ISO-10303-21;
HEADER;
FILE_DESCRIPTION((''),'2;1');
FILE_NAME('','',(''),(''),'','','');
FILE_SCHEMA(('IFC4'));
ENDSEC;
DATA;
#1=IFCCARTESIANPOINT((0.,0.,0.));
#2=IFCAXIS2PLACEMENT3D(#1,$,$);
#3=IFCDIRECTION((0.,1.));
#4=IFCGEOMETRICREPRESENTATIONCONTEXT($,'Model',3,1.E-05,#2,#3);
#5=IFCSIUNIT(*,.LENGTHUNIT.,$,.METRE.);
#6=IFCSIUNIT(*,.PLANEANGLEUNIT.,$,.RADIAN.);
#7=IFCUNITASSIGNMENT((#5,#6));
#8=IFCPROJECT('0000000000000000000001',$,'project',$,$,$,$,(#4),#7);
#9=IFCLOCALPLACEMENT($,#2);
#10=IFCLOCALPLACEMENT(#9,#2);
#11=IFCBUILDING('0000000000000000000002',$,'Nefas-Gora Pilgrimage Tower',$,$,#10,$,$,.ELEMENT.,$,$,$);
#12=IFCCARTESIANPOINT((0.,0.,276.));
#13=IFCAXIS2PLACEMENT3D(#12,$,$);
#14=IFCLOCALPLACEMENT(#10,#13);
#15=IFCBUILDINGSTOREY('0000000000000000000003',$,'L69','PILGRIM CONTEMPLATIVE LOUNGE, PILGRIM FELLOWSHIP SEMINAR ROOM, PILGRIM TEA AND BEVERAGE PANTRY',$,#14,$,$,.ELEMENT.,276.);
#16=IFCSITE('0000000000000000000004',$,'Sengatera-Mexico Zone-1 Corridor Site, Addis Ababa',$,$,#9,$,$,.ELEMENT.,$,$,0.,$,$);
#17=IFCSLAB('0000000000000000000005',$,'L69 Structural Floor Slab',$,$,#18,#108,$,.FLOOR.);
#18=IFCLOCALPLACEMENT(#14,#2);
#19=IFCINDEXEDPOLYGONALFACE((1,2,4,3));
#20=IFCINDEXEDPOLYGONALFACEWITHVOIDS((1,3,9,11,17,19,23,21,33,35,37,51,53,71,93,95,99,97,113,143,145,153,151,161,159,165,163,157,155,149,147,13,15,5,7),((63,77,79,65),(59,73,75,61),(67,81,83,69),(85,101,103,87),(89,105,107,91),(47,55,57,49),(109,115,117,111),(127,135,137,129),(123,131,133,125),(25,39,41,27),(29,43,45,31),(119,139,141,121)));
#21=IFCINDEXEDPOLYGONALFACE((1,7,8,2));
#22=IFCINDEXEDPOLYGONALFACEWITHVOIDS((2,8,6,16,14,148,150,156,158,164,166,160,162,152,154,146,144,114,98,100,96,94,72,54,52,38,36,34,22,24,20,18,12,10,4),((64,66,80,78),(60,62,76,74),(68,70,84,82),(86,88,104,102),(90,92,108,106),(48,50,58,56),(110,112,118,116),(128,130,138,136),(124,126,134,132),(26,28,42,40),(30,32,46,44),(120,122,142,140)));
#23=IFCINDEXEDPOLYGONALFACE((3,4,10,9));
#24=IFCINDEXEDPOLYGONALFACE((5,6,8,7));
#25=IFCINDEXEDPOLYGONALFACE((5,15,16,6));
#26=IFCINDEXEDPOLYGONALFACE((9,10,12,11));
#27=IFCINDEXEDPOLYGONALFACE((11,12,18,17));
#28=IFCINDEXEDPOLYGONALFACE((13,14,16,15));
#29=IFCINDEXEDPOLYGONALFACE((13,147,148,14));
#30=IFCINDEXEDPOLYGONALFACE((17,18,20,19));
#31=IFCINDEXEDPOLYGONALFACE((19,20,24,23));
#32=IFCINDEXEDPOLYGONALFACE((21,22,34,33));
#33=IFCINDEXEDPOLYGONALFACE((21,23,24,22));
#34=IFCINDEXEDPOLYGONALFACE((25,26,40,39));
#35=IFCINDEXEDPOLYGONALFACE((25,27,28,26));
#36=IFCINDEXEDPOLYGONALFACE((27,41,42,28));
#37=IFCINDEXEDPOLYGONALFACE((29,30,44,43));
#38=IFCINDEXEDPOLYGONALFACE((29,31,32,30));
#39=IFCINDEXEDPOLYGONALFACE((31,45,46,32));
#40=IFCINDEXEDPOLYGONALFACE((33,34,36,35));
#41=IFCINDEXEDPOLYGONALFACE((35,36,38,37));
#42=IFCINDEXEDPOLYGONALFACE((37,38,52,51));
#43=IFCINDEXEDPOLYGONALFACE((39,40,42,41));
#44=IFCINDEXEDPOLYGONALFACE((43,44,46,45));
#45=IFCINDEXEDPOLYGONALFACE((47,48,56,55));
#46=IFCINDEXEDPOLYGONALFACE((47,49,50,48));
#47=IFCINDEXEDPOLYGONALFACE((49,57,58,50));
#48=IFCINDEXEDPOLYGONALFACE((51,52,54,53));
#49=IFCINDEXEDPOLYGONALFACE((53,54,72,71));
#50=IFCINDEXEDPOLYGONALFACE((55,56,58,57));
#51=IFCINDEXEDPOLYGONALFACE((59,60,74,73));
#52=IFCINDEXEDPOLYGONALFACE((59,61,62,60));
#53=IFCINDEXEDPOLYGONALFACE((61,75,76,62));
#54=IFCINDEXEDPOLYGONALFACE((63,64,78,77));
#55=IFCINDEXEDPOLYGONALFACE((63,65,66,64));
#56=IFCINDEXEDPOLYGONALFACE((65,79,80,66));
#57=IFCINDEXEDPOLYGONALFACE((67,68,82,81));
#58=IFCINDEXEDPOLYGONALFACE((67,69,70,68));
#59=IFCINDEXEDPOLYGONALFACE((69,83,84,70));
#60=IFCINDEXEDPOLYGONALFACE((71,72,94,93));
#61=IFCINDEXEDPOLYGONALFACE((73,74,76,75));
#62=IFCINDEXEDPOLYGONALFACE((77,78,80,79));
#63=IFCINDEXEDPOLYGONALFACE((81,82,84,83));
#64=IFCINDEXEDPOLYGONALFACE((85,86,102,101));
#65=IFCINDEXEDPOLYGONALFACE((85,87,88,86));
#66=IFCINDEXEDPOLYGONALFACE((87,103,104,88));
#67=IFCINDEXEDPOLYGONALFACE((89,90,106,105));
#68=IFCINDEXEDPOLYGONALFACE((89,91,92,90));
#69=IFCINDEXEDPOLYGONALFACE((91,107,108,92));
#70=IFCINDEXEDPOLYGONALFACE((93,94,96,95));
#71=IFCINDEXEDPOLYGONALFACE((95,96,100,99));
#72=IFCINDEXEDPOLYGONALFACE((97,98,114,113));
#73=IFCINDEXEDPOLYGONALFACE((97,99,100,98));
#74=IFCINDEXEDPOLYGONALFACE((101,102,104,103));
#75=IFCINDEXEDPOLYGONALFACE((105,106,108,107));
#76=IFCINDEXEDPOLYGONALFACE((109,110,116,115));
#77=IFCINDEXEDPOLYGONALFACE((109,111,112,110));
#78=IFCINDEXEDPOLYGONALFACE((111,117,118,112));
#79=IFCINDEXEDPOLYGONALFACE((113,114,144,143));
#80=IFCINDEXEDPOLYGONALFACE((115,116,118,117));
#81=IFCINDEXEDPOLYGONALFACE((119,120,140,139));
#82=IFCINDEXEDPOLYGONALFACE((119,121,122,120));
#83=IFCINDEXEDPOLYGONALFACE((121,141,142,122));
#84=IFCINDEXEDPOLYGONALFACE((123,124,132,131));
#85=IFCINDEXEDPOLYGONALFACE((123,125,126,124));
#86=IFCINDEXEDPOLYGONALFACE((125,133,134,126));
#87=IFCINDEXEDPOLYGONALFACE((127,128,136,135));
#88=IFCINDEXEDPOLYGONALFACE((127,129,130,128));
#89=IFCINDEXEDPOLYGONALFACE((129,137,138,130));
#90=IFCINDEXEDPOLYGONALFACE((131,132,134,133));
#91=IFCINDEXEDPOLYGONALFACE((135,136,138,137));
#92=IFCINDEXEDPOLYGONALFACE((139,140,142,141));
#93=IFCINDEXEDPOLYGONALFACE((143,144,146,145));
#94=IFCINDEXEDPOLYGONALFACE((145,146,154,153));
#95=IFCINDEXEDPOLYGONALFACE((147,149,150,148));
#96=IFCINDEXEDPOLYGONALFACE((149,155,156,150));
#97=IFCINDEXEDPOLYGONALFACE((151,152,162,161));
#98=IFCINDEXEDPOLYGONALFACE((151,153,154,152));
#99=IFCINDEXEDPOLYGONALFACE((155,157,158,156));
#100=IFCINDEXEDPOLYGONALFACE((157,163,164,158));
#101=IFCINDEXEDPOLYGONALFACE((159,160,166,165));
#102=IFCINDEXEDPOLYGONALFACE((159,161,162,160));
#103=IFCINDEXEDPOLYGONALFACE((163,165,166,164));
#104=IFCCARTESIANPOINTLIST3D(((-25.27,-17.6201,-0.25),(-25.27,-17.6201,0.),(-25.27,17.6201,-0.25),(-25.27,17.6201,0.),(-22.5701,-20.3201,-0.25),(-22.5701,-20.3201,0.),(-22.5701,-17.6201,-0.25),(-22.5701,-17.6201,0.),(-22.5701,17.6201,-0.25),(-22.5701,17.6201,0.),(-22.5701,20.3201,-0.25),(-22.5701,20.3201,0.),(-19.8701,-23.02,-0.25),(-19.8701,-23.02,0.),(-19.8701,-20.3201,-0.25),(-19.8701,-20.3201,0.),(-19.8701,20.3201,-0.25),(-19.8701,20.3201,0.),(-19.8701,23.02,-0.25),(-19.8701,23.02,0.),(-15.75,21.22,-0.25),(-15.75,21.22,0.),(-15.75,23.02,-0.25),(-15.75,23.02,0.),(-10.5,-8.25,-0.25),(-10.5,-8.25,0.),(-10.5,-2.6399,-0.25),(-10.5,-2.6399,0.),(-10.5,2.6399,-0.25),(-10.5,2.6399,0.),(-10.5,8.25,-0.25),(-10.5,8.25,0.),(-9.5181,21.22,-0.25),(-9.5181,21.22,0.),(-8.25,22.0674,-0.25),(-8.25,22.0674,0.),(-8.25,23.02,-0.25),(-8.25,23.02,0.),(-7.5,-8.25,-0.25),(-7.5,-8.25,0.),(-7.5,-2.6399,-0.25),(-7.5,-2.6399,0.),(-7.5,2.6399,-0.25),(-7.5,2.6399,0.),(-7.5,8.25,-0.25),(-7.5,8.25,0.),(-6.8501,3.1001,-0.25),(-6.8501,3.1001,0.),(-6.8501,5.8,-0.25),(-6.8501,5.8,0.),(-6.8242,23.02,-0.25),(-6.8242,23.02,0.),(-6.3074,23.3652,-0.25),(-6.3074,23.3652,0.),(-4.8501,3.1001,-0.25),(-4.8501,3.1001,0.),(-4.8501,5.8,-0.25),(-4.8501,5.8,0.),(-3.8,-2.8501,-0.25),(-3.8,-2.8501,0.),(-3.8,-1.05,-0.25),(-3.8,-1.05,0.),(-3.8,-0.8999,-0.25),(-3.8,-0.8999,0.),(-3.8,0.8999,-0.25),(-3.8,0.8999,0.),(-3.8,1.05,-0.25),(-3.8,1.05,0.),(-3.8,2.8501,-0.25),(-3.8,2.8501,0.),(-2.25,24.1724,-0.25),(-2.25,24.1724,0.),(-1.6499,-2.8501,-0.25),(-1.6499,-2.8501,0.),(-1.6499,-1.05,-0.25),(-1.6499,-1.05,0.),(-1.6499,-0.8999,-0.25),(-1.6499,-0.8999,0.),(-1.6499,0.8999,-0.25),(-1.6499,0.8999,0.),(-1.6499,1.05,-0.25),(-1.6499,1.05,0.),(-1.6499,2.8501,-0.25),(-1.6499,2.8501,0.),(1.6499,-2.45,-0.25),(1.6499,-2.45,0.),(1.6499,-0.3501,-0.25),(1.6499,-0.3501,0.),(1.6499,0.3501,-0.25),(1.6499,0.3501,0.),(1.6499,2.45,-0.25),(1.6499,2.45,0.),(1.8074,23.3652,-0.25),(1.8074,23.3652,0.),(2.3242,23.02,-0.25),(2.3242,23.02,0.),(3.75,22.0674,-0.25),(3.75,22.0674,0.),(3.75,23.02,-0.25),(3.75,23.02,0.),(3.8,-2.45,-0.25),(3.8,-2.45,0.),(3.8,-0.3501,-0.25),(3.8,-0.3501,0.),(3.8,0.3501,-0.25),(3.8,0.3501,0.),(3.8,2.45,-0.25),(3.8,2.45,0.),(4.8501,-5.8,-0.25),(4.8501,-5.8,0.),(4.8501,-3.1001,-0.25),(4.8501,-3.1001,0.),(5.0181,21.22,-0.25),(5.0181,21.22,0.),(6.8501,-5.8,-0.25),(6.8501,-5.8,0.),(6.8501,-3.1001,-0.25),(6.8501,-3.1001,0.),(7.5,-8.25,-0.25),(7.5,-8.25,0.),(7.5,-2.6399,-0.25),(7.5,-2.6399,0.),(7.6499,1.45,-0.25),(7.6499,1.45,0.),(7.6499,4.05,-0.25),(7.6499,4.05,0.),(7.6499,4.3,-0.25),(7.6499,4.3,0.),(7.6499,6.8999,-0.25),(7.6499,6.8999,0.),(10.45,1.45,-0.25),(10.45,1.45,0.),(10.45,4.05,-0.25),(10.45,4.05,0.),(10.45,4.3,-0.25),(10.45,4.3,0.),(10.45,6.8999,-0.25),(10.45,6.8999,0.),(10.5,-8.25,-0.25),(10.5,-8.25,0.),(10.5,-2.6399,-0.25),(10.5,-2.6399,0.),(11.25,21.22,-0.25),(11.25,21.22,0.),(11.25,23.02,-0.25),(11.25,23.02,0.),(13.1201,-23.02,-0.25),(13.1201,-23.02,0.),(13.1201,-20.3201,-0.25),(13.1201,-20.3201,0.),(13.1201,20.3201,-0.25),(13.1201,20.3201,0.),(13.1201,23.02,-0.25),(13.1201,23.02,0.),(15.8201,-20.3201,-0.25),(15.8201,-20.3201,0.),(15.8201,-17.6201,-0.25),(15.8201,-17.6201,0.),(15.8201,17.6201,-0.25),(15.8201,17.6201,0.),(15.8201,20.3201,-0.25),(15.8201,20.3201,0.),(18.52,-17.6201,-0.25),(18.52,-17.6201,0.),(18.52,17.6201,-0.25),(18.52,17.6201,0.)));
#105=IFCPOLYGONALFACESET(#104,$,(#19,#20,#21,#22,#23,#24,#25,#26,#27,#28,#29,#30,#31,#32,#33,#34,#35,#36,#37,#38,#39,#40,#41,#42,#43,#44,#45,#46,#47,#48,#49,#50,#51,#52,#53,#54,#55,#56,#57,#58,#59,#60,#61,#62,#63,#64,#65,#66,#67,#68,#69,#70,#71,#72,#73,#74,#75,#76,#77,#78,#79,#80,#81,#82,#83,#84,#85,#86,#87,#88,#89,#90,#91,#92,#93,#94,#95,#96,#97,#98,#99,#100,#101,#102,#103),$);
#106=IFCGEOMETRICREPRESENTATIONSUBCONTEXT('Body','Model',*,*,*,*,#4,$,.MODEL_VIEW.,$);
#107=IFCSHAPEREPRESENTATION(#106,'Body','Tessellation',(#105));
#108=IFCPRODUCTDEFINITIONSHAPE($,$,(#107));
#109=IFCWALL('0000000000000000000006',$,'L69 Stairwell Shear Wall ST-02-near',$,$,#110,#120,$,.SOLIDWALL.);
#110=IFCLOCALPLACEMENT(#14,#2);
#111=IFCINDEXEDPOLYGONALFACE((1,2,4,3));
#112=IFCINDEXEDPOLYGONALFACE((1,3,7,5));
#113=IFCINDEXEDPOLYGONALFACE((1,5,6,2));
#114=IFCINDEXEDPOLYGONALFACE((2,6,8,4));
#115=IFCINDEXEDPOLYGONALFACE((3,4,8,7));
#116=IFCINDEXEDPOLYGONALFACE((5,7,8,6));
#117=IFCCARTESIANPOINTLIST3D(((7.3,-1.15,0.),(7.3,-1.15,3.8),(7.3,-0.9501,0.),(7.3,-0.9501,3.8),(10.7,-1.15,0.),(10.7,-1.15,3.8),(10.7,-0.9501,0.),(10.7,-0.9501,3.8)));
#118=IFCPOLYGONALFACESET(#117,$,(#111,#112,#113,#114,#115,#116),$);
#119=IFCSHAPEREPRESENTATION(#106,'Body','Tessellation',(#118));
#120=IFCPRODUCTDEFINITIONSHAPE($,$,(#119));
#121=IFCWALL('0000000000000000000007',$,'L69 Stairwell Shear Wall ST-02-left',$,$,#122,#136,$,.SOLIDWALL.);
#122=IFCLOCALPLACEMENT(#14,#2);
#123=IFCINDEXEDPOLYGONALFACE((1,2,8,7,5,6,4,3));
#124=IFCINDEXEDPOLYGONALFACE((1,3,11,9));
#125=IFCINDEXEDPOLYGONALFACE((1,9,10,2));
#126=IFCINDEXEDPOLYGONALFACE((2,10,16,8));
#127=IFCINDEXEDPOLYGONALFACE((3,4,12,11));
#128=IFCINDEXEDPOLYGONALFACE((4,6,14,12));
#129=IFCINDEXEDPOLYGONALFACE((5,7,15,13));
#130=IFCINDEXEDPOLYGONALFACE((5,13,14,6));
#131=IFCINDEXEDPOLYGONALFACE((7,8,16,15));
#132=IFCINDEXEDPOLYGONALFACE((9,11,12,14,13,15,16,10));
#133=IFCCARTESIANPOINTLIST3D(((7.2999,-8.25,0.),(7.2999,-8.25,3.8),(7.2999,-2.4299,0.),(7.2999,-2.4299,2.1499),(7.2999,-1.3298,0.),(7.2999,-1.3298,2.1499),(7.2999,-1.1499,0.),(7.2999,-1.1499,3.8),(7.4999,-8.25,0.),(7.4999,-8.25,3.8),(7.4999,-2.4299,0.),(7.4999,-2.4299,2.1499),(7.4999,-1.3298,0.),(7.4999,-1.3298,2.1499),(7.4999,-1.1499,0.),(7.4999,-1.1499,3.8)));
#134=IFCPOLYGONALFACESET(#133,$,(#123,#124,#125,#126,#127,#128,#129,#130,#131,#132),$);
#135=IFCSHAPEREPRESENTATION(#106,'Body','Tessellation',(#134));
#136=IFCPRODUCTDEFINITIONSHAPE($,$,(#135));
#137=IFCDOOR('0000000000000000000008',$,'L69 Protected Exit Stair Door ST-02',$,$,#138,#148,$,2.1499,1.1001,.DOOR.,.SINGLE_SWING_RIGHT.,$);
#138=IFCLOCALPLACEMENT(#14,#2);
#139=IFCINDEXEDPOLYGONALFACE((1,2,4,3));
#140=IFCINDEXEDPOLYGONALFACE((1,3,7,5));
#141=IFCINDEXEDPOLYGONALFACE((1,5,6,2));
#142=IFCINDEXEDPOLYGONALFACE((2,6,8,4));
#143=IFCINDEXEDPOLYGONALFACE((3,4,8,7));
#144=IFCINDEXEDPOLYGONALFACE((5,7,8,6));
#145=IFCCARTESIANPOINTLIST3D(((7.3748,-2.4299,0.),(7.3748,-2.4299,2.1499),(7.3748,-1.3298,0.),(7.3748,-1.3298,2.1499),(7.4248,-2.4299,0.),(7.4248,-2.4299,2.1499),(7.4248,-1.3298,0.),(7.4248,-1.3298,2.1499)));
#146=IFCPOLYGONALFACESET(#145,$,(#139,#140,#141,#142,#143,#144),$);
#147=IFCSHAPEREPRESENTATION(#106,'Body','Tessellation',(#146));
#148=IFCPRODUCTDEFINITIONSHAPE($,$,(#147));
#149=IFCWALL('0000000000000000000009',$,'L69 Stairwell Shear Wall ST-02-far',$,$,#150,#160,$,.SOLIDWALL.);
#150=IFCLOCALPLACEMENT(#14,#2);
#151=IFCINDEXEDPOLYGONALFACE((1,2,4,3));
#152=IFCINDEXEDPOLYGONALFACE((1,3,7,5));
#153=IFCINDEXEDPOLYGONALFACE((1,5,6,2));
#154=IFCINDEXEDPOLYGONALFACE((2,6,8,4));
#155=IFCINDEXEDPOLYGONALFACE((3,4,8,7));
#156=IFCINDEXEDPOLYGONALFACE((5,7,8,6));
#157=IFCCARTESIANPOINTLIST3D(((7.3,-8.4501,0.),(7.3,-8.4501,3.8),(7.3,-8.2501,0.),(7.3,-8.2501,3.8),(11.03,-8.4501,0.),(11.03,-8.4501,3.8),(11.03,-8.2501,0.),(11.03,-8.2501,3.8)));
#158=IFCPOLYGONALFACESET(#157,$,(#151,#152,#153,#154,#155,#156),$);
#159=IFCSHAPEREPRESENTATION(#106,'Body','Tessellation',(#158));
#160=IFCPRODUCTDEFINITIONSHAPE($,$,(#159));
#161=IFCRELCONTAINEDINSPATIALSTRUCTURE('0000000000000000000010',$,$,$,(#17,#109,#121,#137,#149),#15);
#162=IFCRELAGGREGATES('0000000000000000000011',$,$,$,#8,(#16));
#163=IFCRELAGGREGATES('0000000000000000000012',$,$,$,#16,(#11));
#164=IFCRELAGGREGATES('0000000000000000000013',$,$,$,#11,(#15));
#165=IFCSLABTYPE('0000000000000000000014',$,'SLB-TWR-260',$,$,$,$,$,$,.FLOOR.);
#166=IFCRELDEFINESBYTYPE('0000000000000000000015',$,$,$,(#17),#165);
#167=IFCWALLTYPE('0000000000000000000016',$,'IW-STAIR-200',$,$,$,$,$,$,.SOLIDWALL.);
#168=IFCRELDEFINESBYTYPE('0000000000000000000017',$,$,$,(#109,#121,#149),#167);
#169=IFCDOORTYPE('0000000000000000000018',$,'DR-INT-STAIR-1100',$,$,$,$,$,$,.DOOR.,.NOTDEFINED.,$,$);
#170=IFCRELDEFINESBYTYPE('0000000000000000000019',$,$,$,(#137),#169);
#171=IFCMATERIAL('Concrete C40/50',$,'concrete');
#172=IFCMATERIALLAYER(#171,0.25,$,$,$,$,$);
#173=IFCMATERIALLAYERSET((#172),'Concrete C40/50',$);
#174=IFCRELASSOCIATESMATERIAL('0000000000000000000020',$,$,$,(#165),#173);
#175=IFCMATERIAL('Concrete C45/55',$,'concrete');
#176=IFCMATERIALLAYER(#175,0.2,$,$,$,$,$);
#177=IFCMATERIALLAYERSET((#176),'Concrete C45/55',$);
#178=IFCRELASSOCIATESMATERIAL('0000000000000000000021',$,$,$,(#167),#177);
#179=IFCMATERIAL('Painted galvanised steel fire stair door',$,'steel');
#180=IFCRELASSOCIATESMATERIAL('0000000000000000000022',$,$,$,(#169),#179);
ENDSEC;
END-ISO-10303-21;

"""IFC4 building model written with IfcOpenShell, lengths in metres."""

from ifc_helpers import new_model, si_unit, direction, frame, frame_2d, origin, place, context, subcontext, project, spatial, polyline, rectangle, outline, extrude, source, transform, mapped, material, layer, layer_set, type_object, element, fill, save


model = new_model("IFC4")

# Units and contexts
model_context = context("Model", 3, precision=1e-05, world=origin(), true_north=direction((0.0, 1.0)))
body_context = subcontext(model_context, "Body", "Model", "MODEL_VIEW")
ifc_project = project(units=[si_unit("LENGTHUNIT", "METRE"), si_unit("PLANEANGLEUNIT", "RADIAN")], contexts=[model_context])

# Site, building, storey
site_placement = place(None, origin())
site = spatial("IfcSite", under=ifc_project, at=site_placement, Name="Sengatera-Mexico Zone-1 Corridor Site, Addis Ababa", CompositionType="ELEMENT", RefElevation=0.0)
building_placement = place(site_placement, origin())
building = spatial("IfcBuilding", under=site, at=building_placement, Name="Nefas-Gora Pilgrimage Tower", CompositionType="ELEMENT")
storey_placement = place(building_placement, frame((0.0, 0.0, 276.0)))
storey = spatial("IfcBuildingStorey", under=building, at=storey_placement, Name="L69", Description="PILGRIM CONTEMPLATIVE LOUNGE, PILGRIM FELLOWSHIP SEMINAR ROOM, PILGRIM TEA AND BEVERAGE PANTRY", CompositionType="ELEMENT", Elevation=276.0)

# Slab
ifc_material_1 = material(Name="Concrete C40/50", Category="concrete")
ifc_layer_1 = layer(ifc_material_1, 0.25)
ifc_layer_set_1 = layer_set([ifc_layer_1], Name="Concrete C40/50")
slab_type_1 = type_object("IfcSlabType", Name="SLB-TWR-260", PredefinedType="FLOOR", material=ifc_layer_set_1)
slab_1_placement = place(storey_placement, frame((0.0, 0.0, -0.25)))
element("IfcSlab", 1, at=slab_1_placement, inside=storey, type_object=slab_type_1, Name="L69 Structural Floor Slab", PredefinedType="FLOOR", context=body_context, shape_type="SweptSolid", body=[
    extrude(outline(polyline([(15.8201, -17.6201), (18.52, -17.6201), (18.52, 17.6201), (15.8201, 17.6201), (15.8201, 20.3201), (13.1201, 20.3201), (13.1201, 23.02), (11.25, 23.02), (11.25, 21.22), (5.0181, 21.22), (3.75, 22.0674), (3.75, 23.02), (2.3242, 23.02), (1.8074, 23.3652), (-2.25, 24.1724), (-6.3074, 23.3652), (-6.8242, 23.02), (-8.25, 23.02), (-8.25, 22.0674), (-9.5181, 21.22), (-15.75, 21.22), (-15.75, 23.02), (-19.8701, 23.02), (-19.8701, 20.3201), (-22.5701, 20.3201), (-22.5701, 17.6201), (-25.27, 17.6201), (-25.27, -17.6201), (-22.5701, -17.6201), (-22.5701, -20.3201), (-19.8701, -20.3201), (-19.8701, -23.02), (13.1201, -23.02), (13.1201, -20.3201), (15.8201, -20.3201), (15.8201, -17.6201)]), holes=[polyline([(-10.5, 2.6399), (-10.5, 8.25), (-7.5, 8.25), (-7.5, 2.6399), (-10.5, 2.6399)]), polyline([(10.5, -2.6399), (10.5, -8.25), (7.5, -8.25), (7.5, -2.6399), (10.5, -2.6399)]), polyline([(-7.5, -2.6399), (-7.5, -8.25), (-10.5, -8.25), (-10.5, -2.6399), (-7.5, -2.6399)]), polyline([(-6.8501, 5.8), (-4.8501, 5.8), (-4.8501, 3.1001), (-6.8501, 3.1001), (-6.8501, 5.8)]), polyline([(4.8501, -3.1001), (6.8501, -3.1001), (6.8501, -5.8), (4.8501, -5.8), (4.8501, -3.1001)]), polyline([(7.6499, 4.05), (10.45, 4.05), (10.45, 1.45), (7.6499, 1.45), (7.6499, 4.05)]), polyline([(7.6499, 6.8999), (10.45, 6.8999), (10.45, 4.3), (7.6499, 4.3), (7.6499, 6.8999)]), polyline([(-3.8, -1.05), (-1.6499, -1.05), (-1.6499, -2.8501), (-3.8, -2.8501), (-3.8, -1.05)]), polyline([(-3.8, 0.8999), (-1.6499, 0.8999), (-1.6499, -0.8999), (-3.8, -0.8999), (-3.8, 0.8999)]), polyline([(-3.8, 2.8501), (-1.6499, 2.8501), (-1.6499, 1.05), (-3.8, 1.05), (-3.8, 2.8501)]), polyline([(1.6499, -0.3501), (3.8, -0.3501), (3.8, -2.45), (1.6499, -2.45), (1.6499, -0.3501)]), polyline([(1.6499, 2.45), (3.8, 2.45), (3.8, 0.3501), (1.6499, 0.3501), (1.6499, 2.45)])]), origin(), (0.0, 0.0, 1.0), 0.25),
])

# Wall
ifc_material_2 = material(Name="Concrete C45/55", Category="concrete")
ifc_layer_2 = layer(ifc_material_2, 0.2)
ifc_layer_set_2 = layer_set([ifc_layer_2], Name="Concrete C45/55")
wall_type_1 = type_object("IfcWallType", Name="IW-STAIR-200", PredefinedType="SOLIDWALL", material=ifc_layer_set_2)
shared_shape_1 = source(origin(), body_context, "Body", "SweptSolid", [
    extrude(rectangle(XDim=3.3999, YDim=0.2, at=frame_2d((1.7, 0.0))), origin(), (0.0, 0.0, 1.0), 3.8),
])
wall_1_placement = place(storey_placement, frame((7.3, -1.05, 0.0), z_axis=(0.0, 0.0, 1.0), x_axis=(1.0, 0.0, 0.0)))
element("IfcWall", 2, at=wall_1_placement, inside=storey, type_object=wall_type_1, Name="L69 Stairwell Shear Wall ST-02-near", PredefinedType="SOLIDWALL", context=body_context, shape_type="MappedRepresentation", body=[
    mapped(shared_shape_1, transform((0.0, 0.0, 0.0), x_axis=(1.0, 0.0, 0.0), y_axis=(0.0, 1.0, 0.0), z_axis=(0.0, 0.0, 1.0), scale=1.0)),
])

# Wall, opening, door
shared_shape_2 = source(origin(), body_context, "Body", "SweptSolid", [
    extrude(rectangle(XDim=7.1001, YDim=0.2, at=frame_2d((3.55, 0.0))), origin(), (0.0, 0.0, 1.0), 3.8),
])
wall_2_placement = place(storey_placement, frame((7.3999, -1.1499, 0.0), z_axis=(0.0, 0.0, 1.0), x_axis=(0.0, -1.0, 0.0)))
wall_2 = element("IfcWall", 3, at=wall_2_placement, inside=storey, type_object=wall_type_1, Name="L69 Stairwell Shear Wall ST-02-left", PredefinedType="SOLIDWALL", context=body_context, shape_type="MappedRepresentation", body=[
    mapped(shared_shape_2, transform((0.0, 0.0, 0.0), x_axis=(1.0, 0.0, 0.0), y_axis=(0.0, 1.0, 0.0), z_axis=(0.0, 0.0, 1.0), scale=1.0)),
])
opening_1_placement = place(wall_2_placement, frame((0.1799, 0.0, 0.0)))
opening_1 = element("IfcOpeningElement", 4, at=opening_1_placement, cuts=wall_2, PredefinedType="OPENING", context=body_context, shape_type="SweptSolid", body=[
    extrude(rectangle(XDim=1.1001, YDim=2.1499, at=frame_2d((0.55, 1.075))), frame((0.0, 0.1099, 0.0), z_axis=(0.0, -1.0, 0.0), x_axis=(1.0, 0.0, 0.0)), (0.0, 0.0, 1.0), 0.22),
])
ifc_material_3 = material(Name="Painted galvanised steel fire stair door", Category="steel")
door_type_1 = type_object("IfcDoorType", Name="DR-INT-STAIR-1100", OperationType="NOTDEFINED", PredefinedType="DOOR", material=ifc_material_3)
shared_shape_3 = source(origin(), body_context, "Body", "SweptSolid", [
    extrude(rectangle(XDim=1.1001, YDim=2.1499, at=frame_2d((0.55, 1.075))), frame((0.0, 0.0249, 0.0), z_axis=(0.0, -1.0, 0.0), x_axis=(1.0, 0.0, 0.0)), (0.0, 0.0, 1.0), 0.05),
])
door_1_placement = place(opening_1_placement, origin())
door_1 = element("IfcDoor", 5, at=door_1_placement, inside=storey, type_object=door_type_1, Name="L69 Protected Exit Stair Door ST-02", OperationType="SINGLE_SWING_RIGHT", OverallHeight=2.1499, OverallWidth=1.1001, PredefinedType="DOOR", context=body_context, shape_type="MappedRepresentation", body=[
    mapped(shared_shape_3, transform((0.0, 0.0, 0.0), x_axis=(1.0, 0.0, 0.0), y_axis=(0.0, 1.0, 0.0), z_axis=(0.0, 0.0, 1.0), scale=1.0)),
])
fill(opening_1, door_1)

# Wall
shared_shape_4 = source(origin(), body_context, "Body", "SweptSolid", [
    extrude(rectangle(XDim=3.73, YDim=0.2, at=frame_2d((1.865, 0.0))), origin(), (0.0, 0.0, 1.0), 3.8),
])
wall_3_placement = place(storey_placement, frame((7.3, -8.3501, 0.0), z_axis=(0.0, 0.0, 1.0), x_axis=(1.0, 0.0, 0.0)))
element("IfcWall", 6, at=wall_3_placement, inside=storey, type_object=wall_type_1, Name="L69 Stairwell Shear Wall ST-02-far", PredefinedType="SOLIDWALL", context=body_context, shape_type="MappedRepresentation", body=[
    mapped(shared_shape_4, transform((0.0, 0.0, 0.0), x_axis=(1.0, 0.0, 0.0), y_axis=(0.0, 1.0, 0.0), z_axis=(0.0, 0.0, 1.0), scale=1.0)),
])

save(model, "model.ifc")
